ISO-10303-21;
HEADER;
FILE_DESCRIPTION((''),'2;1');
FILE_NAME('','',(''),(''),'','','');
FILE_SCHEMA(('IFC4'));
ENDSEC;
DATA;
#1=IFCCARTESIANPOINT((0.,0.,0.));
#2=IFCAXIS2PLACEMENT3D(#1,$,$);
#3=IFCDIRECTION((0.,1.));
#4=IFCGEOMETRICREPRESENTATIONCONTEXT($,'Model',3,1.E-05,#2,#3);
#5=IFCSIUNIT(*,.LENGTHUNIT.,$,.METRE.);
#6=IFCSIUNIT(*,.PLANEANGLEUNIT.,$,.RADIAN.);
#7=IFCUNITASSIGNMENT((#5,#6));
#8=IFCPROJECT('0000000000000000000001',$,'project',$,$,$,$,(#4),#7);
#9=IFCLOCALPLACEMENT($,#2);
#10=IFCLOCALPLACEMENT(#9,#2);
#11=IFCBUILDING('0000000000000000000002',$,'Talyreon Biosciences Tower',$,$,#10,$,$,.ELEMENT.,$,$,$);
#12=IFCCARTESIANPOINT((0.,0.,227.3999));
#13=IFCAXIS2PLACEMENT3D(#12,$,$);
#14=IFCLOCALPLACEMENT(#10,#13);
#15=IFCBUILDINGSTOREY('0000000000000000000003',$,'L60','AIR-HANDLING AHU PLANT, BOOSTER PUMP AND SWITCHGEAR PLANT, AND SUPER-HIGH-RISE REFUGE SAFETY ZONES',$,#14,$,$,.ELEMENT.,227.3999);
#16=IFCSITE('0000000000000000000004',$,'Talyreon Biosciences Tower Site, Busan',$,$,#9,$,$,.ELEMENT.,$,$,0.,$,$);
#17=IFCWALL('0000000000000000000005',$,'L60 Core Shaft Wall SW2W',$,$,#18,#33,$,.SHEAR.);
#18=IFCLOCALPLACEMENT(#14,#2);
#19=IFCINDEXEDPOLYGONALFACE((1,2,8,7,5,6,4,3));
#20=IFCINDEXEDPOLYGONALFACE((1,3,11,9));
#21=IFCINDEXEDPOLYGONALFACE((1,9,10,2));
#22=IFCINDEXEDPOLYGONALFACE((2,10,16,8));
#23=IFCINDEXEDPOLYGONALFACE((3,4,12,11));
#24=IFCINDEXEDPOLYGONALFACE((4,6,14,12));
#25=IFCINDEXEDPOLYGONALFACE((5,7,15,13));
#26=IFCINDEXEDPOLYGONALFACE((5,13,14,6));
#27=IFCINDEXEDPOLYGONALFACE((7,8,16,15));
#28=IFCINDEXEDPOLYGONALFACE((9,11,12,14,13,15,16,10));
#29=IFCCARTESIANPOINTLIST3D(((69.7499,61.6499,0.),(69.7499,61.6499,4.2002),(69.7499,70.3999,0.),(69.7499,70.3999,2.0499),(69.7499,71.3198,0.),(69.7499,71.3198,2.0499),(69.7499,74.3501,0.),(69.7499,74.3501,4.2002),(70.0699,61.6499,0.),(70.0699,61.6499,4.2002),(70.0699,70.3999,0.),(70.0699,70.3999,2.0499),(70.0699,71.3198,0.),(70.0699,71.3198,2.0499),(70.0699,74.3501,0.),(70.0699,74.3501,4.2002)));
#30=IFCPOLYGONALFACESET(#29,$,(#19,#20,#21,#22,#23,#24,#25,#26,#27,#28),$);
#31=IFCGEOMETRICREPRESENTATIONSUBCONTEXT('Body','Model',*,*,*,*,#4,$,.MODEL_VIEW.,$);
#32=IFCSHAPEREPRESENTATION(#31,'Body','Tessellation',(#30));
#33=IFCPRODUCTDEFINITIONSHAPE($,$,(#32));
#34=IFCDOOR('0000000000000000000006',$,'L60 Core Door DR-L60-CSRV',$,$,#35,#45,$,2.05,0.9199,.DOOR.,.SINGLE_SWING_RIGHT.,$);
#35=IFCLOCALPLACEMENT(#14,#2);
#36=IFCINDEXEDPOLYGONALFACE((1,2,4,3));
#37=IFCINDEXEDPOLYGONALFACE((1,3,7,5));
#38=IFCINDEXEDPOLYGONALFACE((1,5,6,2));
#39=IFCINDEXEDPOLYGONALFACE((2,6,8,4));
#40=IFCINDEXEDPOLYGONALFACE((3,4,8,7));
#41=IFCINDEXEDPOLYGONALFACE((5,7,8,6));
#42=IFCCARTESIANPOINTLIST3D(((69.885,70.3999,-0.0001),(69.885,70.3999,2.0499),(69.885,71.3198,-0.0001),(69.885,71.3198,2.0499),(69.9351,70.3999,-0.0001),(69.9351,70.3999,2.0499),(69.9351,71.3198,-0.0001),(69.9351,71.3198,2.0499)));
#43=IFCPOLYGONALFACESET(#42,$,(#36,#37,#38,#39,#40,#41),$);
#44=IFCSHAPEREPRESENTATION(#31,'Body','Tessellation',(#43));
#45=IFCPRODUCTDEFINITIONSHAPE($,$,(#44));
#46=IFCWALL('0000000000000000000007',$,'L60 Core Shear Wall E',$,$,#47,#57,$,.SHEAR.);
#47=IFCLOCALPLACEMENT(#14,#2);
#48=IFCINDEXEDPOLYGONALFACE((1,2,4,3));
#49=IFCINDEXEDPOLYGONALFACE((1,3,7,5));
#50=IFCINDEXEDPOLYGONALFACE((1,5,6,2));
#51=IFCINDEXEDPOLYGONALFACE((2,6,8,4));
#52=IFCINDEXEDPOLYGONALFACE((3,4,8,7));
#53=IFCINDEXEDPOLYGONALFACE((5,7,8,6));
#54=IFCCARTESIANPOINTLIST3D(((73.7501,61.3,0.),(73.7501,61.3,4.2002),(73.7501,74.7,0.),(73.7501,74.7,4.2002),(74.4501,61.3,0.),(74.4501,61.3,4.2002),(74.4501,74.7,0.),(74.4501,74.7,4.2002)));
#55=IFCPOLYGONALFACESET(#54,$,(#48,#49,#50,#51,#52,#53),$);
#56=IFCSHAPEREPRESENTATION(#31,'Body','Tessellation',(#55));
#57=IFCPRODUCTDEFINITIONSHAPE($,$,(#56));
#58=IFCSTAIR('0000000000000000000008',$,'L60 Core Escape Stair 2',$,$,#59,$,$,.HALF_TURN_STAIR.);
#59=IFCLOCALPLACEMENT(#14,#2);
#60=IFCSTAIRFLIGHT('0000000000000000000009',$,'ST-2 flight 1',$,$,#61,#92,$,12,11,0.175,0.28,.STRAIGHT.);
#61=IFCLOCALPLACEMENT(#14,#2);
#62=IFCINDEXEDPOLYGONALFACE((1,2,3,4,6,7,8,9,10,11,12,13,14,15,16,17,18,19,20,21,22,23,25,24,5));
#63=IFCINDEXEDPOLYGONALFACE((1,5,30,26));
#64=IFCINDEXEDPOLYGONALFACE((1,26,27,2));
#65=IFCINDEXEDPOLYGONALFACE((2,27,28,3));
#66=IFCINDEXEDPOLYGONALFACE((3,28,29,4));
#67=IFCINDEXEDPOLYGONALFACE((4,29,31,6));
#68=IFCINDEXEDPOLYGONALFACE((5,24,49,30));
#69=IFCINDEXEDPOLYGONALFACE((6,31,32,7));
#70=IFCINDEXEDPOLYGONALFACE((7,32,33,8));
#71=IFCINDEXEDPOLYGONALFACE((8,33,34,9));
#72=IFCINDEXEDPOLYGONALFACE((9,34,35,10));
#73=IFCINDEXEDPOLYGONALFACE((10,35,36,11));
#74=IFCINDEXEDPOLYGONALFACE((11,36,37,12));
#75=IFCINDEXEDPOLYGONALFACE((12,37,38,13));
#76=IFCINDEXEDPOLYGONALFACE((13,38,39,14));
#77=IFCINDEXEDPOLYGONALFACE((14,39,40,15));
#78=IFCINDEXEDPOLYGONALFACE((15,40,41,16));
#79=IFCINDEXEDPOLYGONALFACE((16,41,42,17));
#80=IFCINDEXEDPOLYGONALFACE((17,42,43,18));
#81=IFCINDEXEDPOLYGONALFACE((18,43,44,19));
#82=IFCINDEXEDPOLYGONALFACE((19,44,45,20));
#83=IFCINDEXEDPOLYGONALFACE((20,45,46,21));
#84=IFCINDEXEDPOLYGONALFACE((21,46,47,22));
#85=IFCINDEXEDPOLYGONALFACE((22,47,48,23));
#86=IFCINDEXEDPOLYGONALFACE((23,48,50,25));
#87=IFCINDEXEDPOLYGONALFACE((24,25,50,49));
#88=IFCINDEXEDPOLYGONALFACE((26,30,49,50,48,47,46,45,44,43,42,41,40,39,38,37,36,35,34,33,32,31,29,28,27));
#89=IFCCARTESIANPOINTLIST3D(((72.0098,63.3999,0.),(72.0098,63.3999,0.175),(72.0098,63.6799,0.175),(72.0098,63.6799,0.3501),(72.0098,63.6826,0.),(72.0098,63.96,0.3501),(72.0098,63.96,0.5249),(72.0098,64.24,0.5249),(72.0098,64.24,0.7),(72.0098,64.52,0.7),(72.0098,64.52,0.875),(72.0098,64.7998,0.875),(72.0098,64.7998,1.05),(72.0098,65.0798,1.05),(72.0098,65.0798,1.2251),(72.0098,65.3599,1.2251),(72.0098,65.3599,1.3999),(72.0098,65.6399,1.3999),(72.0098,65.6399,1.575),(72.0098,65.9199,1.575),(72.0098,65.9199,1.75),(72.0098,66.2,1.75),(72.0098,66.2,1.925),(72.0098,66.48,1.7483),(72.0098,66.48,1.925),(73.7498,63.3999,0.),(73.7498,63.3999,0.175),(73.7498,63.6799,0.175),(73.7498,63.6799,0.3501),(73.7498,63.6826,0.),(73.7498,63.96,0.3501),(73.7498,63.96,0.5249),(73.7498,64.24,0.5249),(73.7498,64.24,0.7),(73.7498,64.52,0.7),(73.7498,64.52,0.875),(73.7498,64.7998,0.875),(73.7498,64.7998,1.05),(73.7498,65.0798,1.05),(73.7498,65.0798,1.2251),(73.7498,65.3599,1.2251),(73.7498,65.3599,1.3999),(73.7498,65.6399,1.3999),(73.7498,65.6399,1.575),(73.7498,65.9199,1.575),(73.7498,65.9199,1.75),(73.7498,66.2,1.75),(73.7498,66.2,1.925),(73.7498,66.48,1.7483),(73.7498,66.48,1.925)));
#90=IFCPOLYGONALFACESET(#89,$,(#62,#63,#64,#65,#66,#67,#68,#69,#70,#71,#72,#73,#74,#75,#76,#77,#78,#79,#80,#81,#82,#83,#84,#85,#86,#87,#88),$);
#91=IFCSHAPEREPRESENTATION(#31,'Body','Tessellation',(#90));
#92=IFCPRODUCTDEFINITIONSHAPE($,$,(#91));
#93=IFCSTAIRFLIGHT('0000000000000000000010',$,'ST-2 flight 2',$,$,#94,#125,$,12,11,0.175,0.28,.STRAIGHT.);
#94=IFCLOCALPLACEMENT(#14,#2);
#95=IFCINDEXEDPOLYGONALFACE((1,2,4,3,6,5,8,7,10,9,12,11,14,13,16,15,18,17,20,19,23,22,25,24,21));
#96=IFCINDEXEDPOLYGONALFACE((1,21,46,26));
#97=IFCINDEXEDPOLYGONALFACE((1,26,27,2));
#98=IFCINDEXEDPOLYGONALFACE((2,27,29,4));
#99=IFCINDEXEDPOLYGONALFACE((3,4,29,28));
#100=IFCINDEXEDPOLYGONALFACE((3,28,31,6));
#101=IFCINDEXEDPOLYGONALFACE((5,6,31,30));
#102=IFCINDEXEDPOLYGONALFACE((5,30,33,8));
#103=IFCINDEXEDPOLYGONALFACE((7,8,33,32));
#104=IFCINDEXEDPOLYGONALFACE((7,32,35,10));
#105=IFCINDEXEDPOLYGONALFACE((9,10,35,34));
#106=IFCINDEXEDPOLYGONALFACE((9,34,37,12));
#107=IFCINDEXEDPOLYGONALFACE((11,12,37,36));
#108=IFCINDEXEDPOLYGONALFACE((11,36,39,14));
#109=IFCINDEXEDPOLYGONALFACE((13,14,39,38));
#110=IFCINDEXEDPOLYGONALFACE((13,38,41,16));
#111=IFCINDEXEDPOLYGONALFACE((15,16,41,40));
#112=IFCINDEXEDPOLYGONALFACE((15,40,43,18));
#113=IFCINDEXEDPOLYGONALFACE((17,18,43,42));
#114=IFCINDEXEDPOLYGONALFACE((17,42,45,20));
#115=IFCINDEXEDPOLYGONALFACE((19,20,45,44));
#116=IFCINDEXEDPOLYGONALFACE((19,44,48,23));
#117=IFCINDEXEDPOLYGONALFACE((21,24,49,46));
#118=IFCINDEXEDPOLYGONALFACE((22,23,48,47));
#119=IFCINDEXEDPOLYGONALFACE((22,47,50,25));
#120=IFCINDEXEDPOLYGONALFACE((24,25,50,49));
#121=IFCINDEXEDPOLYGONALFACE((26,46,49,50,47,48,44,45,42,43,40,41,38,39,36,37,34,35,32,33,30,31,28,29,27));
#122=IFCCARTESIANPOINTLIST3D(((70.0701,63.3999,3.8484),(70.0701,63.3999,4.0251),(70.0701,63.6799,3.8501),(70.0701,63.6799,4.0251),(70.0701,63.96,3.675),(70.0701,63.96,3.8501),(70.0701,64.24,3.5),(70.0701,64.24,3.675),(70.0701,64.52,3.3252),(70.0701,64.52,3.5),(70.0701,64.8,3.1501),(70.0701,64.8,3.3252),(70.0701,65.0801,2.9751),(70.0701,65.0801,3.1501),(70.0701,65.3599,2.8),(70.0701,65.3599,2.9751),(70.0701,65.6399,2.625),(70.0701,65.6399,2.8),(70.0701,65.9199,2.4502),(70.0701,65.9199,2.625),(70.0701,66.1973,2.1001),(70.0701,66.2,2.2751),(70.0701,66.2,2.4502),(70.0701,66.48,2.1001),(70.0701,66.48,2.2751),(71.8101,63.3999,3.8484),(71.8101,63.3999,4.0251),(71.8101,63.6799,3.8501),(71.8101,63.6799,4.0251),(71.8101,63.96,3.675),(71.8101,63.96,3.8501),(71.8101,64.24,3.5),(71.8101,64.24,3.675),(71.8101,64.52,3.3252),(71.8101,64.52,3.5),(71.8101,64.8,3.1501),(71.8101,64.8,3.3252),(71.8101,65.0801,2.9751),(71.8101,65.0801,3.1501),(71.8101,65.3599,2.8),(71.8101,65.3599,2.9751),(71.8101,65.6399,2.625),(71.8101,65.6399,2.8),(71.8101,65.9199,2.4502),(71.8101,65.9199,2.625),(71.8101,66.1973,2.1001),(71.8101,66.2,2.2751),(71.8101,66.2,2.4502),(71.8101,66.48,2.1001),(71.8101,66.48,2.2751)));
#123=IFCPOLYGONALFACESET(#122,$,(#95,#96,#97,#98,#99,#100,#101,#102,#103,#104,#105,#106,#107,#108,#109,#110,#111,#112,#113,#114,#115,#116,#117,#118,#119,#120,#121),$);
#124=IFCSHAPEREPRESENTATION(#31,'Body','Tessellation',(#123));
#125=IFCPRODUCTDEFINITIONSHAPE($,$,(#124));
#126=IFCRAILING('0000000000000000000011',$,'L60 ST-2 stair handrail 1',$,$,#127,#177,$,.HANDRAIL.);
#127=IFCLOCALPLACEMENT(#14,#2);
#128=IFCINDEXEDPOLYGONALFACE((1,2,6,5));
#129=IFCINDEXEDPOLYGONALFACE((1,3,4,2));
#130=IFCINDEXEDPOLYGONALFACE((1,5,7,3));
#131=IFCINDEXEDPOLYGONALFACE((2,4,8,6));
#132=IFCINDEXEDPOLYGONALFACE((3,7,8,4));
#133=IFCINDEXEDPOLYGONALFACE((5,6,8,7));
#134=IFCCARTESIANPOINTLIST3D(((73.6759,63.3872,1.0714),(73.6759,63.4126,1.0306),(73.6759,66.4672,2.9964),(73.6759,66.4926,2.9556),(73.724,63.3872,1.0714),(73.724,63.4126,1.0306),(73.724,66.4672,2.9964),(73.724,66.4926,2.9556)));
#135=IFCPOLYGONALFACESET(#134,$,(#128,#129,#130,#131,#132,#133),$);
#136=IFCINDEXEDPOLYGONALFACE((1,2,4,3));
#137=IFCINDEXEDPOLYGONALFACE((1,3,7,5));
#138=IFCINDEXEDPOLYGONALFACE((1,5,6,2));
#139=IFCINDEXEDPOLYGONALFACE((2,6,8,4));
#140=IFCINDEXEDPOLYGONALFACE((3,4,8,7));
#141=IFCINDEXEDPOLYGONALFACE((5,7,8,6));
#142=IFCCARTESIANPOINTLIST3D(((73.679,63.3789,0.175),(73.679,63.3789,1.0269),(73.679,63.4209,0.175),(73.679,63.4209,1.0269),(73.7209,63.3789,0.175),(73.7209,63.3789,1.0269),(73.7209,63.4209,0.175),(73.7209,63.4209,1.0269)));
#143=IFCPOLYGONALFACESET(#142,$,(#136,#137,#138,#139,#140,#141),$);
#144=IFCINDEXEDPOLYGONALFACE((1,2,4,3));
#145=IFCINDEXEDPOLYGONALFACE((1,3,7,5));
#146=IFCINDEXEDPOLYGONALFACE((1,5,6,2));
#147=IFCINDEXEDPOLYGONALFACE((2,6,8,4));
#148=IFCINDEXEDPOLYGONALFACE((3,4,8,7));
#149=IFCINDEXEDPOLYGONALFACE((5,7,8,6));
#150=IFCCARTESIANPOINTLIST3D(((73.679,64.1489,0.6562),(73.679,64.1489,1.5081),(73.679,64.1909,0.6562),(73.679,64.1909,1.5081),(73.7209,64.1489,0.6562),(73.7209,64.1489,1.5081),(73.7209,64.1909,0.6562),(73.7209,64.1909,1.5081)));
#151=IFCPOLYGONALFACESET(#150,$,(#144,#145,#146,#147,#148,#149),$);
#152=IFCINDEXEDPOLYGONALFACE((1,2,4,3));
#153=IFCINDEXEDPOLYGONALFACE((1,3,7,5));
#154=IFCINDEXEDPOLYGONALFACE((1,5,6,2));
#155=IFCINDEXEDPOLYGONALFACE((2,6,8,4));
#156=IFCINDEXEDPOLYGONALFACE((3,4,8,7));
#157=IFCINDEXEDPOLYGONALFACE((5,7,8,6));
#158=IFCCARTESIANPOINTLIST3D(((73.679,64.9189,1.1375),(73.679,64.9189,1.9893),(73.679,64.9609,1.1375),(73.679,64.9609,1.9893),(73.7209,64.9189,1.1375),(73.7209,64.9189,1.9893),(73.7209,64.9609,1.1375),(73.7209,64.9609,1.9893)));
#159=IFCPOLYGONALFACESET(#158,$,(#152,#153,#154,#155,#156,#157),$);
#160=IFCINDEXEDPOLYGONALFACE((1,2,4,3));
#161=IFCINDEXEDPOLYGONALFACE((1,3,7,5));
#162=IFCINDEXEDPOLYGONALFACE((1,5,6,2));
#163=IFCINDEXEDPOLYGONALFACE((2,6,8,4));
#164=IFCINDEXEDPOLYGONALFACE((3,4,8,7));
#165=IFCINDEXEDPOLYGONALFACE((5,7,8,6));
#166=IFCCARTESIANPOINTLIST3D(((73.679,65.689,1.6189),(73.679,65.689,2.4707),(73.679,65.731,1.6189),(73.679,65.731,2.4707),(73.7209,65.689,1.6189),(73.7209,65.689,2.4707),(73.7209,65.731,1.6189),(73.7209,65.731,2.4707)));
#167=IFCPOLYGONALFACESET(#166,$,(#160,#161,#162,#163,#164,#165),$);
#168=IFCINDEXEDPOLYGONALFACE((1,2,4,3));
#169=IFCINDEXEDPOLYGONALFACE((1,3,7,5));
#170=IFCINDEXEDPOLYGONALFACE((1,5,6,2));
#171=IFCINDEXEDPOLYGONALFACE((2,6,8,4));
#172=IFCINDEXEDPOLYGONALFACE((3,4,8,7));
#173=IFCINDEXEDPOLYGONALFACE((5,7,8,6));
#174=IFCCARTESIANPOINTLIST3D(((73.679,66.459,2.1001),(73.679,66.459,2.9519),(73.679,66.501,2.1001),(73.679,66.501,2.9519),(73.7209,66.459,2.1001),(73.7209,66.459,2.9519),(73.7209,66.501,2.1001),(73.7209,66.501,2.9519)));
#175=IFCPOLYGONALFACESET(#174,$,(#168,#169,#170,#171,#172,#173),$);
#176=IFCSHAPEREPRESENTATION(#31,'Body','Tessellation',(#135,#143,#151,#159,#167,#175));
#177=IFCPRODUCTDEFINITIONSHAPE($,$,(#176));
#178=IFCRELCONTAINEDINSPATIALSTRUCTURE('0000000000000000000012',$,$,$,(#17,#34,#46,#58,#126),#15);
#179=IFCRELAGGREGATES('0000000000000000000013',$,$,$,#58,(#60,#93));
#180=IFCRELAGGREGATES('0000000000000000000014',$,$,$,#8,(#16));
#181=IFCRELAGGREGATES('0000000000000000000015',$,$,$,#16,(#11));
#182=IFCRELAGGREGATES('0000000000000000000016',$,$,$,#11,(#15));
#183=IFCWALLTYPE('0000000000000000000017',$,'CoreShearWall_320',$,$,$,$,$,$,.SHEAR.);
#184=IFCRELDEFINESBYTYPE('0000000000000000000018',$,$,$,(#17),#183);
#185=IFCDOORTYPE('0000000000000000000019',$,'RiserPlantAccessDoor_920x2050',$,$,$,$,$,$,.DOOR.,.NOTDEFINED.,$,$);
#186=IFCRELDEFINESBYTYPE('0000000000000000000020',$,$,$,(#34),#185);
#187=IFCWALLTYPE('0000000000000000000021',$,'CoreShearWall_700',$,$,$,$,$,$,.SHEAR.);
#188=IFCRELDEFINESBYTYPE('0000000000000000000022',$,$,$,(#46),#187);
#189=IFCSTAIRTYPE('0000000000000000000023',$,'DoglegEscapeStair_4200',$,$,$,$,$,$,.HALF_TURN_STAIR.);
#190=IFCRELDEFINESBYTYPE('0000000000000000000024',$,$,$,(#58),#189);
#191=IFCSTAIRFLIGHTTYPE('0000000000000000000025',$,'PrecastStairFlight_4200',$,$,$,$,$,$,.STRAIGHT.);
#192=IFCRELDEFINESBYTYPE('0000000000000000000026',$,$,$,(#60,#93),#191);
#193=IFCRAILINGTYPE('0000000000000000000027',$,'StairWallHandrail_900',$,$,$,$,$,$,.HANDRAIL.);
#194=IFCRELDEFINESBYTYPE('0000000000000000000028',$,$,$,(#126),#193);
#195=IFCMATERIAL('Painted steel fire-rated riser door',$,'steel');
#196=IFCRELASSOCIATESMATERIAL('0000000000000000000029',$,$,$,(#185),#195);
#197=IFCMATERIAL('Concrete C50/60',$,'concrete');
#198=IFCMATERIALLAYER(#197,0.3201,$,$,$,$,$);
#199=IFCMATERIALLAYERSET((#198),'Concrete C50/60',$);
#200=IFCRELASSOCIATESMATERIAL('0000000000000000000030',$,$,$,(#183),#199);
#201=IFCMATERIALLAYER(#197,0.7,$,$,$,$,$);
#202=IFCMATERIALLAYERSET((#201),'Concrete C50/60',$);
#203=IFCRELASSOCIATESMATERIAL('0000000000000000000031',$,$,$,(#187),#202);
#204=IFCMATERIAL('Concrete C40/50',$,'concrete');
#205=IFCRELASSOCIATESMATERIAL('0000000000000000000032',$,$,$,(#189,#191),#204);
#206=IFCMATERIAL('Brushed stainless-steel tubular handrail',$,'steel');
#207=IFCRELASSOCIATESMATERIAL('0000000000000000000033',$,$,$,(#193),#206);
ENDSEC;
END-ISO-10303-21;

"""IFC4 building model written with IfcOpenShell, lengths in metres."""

from ifc_helpers import new_model, si_unit, direction, frame, frame_2d, origin, origin_2d, place, context, subcontext, project, spatial, polyline, rectangle, outline, extrude, material, layer, layer_set, type_object, element, fill, aggregate, save


model = new_model("IFC4")

# Units and contexts
model_context = context("Model", 3, precision=1e-05, world=origin(), true_north=direction((0.0, 1.0)))
body_context = subcontext(model_context, "Body", "Model", "MODEL_VIEW")
ifc_project = project(units=[si_unit("LENGTHUNIT", "METRE"), si_unit("PLANEANGLEUNIT", "RADIAN")], contexts=[model_context])

# Site, building, storey
site_placement = place(None, origin())
site = spatial("IfcSite", under=ifc_project, at=site_placement, Name="Talyreon Biosciences Tower Site, Busan", CompositionType="ELEMENT", RefElevation=0.0)
building_placement = place(site_placement, origin())
building = spatial("IfcBuilding", under=site, at=building_placement, Name="Talyreon Biosciences Tower", CompositionType="ELEMENT")
storey_placement = place(building_placement, frame((0.0, 0.0, 227.3999)))
storey = spatial("IfcBuildingStorey", under=building, at=storey_placement, Name="L60", Description="AIR-HANDLING AHU PLANT, BOOSTER PUMP AND SWITCHGEAR PLANT, AND SUPER-HIGH-RISE REFUGE SAFETY ZONES", CompositionType="ELEMENT", Elevation=227.3999)

# Shared definitions
ifc_material_1 = material(Name="Concrete C50/60", Category="concrete")

# Wall, opening, door
ifc_material_2 = material(Name="Painted steel fire-rated riser door", Category="steel")
door_type = type_object("IfcDoorType", Name="RiserPlantAccessDoor_920x2050", OperationType="NOTDEFINED", PredefinedType="DOOR", material=ifc_material_2)
ifc_layer_1 = layer(ifc_material_1, 0.3201)
ifc_layer_set_1 = layer_set([ifc_layer_1], Name="Concrete C50/60")
wall_type_1 = type_object("IfcWallType", Name="CoreShearWall_320", PredefinedType="SHEAR", material=ifc_layer_set_1)
wall_1_placement = place(storey_placement, frame((69.9099, 61.6499, 0.0), z_axis=(0.0, 0.0, 1.0), x_axis=(0.0, 1.0, 0.0)))
wall_1 = element("IfcWall", 1, at=wall_1_placement, inside=storey, type_object=wall_type_1, Name="L60 Core Shaft Wall SW2W", PredefinedType="SHEAR", context=body_context, shape_type="SweptSolid", body=[
    extrude(rectangle(XDim=12.7002, YDim=0.3201, at=frame_2d((6.3501, 0.0))), origin(), (0.0, 0.0, 1.0), 4.2002),
])
opening_1_placement = place(wall_1_placement, frame((8.75, 0.0, 0.0)))
opening_1 = element("IfcOpeningElement", 2, at=opening_1_placement, cuts=wall_1, PredefinedType="OPENING", context=body_context, shape_type="SweptSolid", body=[
    extrude(rectangle(XDim=0.9199, YDim=2.05, at=frame_2d((0.46, 1.0249))), frame((0.0, 0.1699, 0.0), z_axis=(0.0, -1.0, 0.0), x_axis=(1.0, 0.0, 0.0)), (0.0, 0.0, 1.0), 0.3401),
])
door_1_placement = place(opening_1_placement, origin())
door_1 = element("IfcDoor", 3, at=door_1_placement, inside=storey, type_object=door_type, Name="L60 Core Door DR-L60-CSRV", OperationType="SINGLE_SWING_RIGHT", OverallHeight=2.05, OverallWidth=0.9199, PredefinedType="DOOR", context=body_context, shape_type="SweptSolid", body=[
    extrude(rectangle(XDim=0.9199, YDim=2.05, at=frame_2d((0.46, 1.0249))), frame((0.0, 0.0249, 0.0), z_axis=(0.0, -1.0, 0.0), x_axis=(1.0, 0.0, 0.0)), (0.0, 0.0, 1.0), 0.05),
])
fill(opening_1, door_1)

# Wall
ifc_layer_2 = layer(ifc_material_1, 0.7)
ifc_layer_set_2 = layer_set([ifc_layer_2], Name="Concrete C50/60")
wall_type_2 = type_object("IfcWallType", Name="CoreShearWall_700", PredefinedType="SHEAR", material=ifc_layer_set_2)
wall_2_placement = place(storey_placement, frame((74.1001, 61.3, 0.0), z_axis=(0.0, 0.0, 1.0), x_axis=(0.0, 1.0, 0.0)))
element("IfcWall", 4, at=wall_2_placement, inside=storey, type_object=wall_type_2, Name="L60 Core Shear Wall E", PredefinedType="SHEAR", context=body_context, shape_type="SweptSolid", body=[
    extrude(rectangle(XDim=13.3999, YDim=0.7, at=frame_2d((6.7, 0.0))), origin(), (0.0, 0.0, 1.0), 4.2002),
])

# Stair, stair flights
ifc_material_3 = material(Name="Concrete C40/50", Category="concrete")
stair_type = type_object("IfcStairType", Name="DoglegEscapeStair_4200", PredefinedType="HALF_TURN_STAIR", material=ifc_material_3)
stair_placement = place(storey_placement, origin())
stair = element("IfcStair", 5, at=stair_placement, inside=storey, type_object=stair_type, Name="L60 Core Escape Stair 2", PredefinedType="HALF_TURN_STAIR")
stair_flight_type = type_object("IfcStairFlightType", Name="PrecastStairFlight_4200", PredefinedType="STRAIGHT", material=ifc_material_3)
stair_flight_1_placement = place(storey_placement, frame((72.8799, 63.3999, 0.0), z_axis=(0.0, 0.0, 1.0), x_axis=(0.0, 1.0, 0.0)))
stair_flight_1 = element("IfcStairFlight", 6, at=stair_flight_1_placement, type_object=stair_flight_type, Name="ST-2 flight 1", NumberOfRisers=12, NumberOfTreads=11, PredefinedType="STRAIGHT", RiserHeight=0.175, TreadLength=0.28, context=body_context, shape_type="SweptSolid", body=[
    extrude(outline(polyline([(0.0, 0.0), (0.0, 0.175), (0.28, 0.175), (0.28, 0.3501), (0.5601, 0.3501), (0.5601, 0.5249), (0.8401, 0.5249), (0.8401, 0.7), (1.1201, 0.7), (1.1201, 0.875), (1.3999, 0.875), (1.3999, 1.05), (1.6799, 1.05), (1.6799, 1.2251), (1.96, 1.2251), (1.96, 1.3999), (2.24, 1.3999), (2.24, 1.575), (2.52, 1.575), (2.52, 1.75), (2.8, 1.75), (2.8, 1.925), (3.0801, 1.925), (3.0801, 2.1001), (3.0801, 1.7483), (0.2827, 0.0), (0.0, 0.0)])), frame((0.0, 0.8701, 0.0), z_axis=(0.0, -1.0, 0.0), x_axis=(1.0, 0.0, 0.0)), (0.0, 0.0, 1.0), 1.74),
])
stair_flight_2_placement = place(storey_placement, frame((70.9399, 66.48, 2.1001), z_axis=(0.0, 0.0, 1.0), x_axis=(0.0, -1.0, 0.0)))
stair_flight_2 = element("IfcStairFlight", 7, at=stair_flight_2_placement, type_object=stair_flight_type, Name="ST-2 flight 2", NumberOfRisers=12, NumberOfTreads=11, PredefinedType="STRAIGHT", RiserHeight=0.175, TreadLength=0.28, context=body_context, shape_type="SweptSolid", body=[
    extrude(outline(polyline([(0.0, 0.0), (0.0, 0.175), (0.28, 0.175), (0.28, 0.3501), (0.5601, 0.3501), (0.5601, 0.5249), (0.8401, 0.5249), (0.8401, 0.7), (1.1201, 0.7), (1.1201, 0.875), (1.3999, 0.875), (1.3999, 1.05), (1.6799, 1.05), (1.6799, 1.2251), (1.96, 1.2251), (1.96, 1.3999), (2.24, 1.3999), (2.24, 1.575), (2.52, 1.575), (2.52, 1.75), (2.8, 1.75), (2.8, 1.925), (3.0801, 1.925), (3.0801, 2.1001), (3.0801, 1.7483), (0.2827, 0.0), (0.0, 0.0)])), frame((0.0, 0.8701, 0.0), z_axis=(0.0, -1.0, 0.0), x_axis=(1.0, 0.0, 0.0)), (0.0, 0.0, 1.0), 1.74),
])
aggregate(stair, [stair_flight_1, stair_flight_2])

# Railing
ifc_material_4 = material(Name="Brushed stainless-steel tubular handrail", Category="steel")
railing_type_1 = type_object("IfcRailingType", Name="StairWallHandrail_900", PredefinedType="HANDRAIL", material=ifc_material_4)
railing_1_placement = place(storey_placement, frame((73.7, 63.3999, 0.175)))
element("IfcRailing", 8, at=railing_1_placement, inside=storey, type_object=railing_type_1, Name="L60 ST-2 stair handrail 1", PredefinedType="HANDRAIL", context=body_context, shape_type="SweptSolid", body=[
    extrude(rectangle(XDim=0.0481, YDim=0.0481, at=origin_2d()), frame((0.0, 0.0, 0.876), z_axis=(0.0, 0.847998, 0.529999), x_axis=(-1.0, 0.0, 0.0)), (0.0, 0.0, 1.0), 3.6321),
    extrude(rectangle(XDim=0.042, YDim=0.042, at=origin_2d()), origin(), (0.0, 0.0, 1.0), 0.8518),
    extrude(rectangle(XDim=0.042, YDim=0.042, at=origin_2d()), frame((0.0, 0.77, 0.4812)), (0.0, 0.0, 1.0), 0.8518),
    extrude(rectangle(XDim=0.042, YDim=0.042, at=origin_2d()), frame((0.0, 1.54, 0.9624)), (0.0, 0.0, 1.0), 0.8518),
    extrude(rectangle(XDim=0.042, YDim=0.042, at=origin_2d()), frame((0.0, 2.3101, 1.4438)), (0.0, 0.0, 1.0), 0.8518),
    extrude(rectangle(XDim=0.042, YDim=0.042, at=origin_2d()), frame((0.0, 3.0801, 1.925)), (0.0, 0.0, 1.0), 0.8518),
])

save(model, "model.ifc")
